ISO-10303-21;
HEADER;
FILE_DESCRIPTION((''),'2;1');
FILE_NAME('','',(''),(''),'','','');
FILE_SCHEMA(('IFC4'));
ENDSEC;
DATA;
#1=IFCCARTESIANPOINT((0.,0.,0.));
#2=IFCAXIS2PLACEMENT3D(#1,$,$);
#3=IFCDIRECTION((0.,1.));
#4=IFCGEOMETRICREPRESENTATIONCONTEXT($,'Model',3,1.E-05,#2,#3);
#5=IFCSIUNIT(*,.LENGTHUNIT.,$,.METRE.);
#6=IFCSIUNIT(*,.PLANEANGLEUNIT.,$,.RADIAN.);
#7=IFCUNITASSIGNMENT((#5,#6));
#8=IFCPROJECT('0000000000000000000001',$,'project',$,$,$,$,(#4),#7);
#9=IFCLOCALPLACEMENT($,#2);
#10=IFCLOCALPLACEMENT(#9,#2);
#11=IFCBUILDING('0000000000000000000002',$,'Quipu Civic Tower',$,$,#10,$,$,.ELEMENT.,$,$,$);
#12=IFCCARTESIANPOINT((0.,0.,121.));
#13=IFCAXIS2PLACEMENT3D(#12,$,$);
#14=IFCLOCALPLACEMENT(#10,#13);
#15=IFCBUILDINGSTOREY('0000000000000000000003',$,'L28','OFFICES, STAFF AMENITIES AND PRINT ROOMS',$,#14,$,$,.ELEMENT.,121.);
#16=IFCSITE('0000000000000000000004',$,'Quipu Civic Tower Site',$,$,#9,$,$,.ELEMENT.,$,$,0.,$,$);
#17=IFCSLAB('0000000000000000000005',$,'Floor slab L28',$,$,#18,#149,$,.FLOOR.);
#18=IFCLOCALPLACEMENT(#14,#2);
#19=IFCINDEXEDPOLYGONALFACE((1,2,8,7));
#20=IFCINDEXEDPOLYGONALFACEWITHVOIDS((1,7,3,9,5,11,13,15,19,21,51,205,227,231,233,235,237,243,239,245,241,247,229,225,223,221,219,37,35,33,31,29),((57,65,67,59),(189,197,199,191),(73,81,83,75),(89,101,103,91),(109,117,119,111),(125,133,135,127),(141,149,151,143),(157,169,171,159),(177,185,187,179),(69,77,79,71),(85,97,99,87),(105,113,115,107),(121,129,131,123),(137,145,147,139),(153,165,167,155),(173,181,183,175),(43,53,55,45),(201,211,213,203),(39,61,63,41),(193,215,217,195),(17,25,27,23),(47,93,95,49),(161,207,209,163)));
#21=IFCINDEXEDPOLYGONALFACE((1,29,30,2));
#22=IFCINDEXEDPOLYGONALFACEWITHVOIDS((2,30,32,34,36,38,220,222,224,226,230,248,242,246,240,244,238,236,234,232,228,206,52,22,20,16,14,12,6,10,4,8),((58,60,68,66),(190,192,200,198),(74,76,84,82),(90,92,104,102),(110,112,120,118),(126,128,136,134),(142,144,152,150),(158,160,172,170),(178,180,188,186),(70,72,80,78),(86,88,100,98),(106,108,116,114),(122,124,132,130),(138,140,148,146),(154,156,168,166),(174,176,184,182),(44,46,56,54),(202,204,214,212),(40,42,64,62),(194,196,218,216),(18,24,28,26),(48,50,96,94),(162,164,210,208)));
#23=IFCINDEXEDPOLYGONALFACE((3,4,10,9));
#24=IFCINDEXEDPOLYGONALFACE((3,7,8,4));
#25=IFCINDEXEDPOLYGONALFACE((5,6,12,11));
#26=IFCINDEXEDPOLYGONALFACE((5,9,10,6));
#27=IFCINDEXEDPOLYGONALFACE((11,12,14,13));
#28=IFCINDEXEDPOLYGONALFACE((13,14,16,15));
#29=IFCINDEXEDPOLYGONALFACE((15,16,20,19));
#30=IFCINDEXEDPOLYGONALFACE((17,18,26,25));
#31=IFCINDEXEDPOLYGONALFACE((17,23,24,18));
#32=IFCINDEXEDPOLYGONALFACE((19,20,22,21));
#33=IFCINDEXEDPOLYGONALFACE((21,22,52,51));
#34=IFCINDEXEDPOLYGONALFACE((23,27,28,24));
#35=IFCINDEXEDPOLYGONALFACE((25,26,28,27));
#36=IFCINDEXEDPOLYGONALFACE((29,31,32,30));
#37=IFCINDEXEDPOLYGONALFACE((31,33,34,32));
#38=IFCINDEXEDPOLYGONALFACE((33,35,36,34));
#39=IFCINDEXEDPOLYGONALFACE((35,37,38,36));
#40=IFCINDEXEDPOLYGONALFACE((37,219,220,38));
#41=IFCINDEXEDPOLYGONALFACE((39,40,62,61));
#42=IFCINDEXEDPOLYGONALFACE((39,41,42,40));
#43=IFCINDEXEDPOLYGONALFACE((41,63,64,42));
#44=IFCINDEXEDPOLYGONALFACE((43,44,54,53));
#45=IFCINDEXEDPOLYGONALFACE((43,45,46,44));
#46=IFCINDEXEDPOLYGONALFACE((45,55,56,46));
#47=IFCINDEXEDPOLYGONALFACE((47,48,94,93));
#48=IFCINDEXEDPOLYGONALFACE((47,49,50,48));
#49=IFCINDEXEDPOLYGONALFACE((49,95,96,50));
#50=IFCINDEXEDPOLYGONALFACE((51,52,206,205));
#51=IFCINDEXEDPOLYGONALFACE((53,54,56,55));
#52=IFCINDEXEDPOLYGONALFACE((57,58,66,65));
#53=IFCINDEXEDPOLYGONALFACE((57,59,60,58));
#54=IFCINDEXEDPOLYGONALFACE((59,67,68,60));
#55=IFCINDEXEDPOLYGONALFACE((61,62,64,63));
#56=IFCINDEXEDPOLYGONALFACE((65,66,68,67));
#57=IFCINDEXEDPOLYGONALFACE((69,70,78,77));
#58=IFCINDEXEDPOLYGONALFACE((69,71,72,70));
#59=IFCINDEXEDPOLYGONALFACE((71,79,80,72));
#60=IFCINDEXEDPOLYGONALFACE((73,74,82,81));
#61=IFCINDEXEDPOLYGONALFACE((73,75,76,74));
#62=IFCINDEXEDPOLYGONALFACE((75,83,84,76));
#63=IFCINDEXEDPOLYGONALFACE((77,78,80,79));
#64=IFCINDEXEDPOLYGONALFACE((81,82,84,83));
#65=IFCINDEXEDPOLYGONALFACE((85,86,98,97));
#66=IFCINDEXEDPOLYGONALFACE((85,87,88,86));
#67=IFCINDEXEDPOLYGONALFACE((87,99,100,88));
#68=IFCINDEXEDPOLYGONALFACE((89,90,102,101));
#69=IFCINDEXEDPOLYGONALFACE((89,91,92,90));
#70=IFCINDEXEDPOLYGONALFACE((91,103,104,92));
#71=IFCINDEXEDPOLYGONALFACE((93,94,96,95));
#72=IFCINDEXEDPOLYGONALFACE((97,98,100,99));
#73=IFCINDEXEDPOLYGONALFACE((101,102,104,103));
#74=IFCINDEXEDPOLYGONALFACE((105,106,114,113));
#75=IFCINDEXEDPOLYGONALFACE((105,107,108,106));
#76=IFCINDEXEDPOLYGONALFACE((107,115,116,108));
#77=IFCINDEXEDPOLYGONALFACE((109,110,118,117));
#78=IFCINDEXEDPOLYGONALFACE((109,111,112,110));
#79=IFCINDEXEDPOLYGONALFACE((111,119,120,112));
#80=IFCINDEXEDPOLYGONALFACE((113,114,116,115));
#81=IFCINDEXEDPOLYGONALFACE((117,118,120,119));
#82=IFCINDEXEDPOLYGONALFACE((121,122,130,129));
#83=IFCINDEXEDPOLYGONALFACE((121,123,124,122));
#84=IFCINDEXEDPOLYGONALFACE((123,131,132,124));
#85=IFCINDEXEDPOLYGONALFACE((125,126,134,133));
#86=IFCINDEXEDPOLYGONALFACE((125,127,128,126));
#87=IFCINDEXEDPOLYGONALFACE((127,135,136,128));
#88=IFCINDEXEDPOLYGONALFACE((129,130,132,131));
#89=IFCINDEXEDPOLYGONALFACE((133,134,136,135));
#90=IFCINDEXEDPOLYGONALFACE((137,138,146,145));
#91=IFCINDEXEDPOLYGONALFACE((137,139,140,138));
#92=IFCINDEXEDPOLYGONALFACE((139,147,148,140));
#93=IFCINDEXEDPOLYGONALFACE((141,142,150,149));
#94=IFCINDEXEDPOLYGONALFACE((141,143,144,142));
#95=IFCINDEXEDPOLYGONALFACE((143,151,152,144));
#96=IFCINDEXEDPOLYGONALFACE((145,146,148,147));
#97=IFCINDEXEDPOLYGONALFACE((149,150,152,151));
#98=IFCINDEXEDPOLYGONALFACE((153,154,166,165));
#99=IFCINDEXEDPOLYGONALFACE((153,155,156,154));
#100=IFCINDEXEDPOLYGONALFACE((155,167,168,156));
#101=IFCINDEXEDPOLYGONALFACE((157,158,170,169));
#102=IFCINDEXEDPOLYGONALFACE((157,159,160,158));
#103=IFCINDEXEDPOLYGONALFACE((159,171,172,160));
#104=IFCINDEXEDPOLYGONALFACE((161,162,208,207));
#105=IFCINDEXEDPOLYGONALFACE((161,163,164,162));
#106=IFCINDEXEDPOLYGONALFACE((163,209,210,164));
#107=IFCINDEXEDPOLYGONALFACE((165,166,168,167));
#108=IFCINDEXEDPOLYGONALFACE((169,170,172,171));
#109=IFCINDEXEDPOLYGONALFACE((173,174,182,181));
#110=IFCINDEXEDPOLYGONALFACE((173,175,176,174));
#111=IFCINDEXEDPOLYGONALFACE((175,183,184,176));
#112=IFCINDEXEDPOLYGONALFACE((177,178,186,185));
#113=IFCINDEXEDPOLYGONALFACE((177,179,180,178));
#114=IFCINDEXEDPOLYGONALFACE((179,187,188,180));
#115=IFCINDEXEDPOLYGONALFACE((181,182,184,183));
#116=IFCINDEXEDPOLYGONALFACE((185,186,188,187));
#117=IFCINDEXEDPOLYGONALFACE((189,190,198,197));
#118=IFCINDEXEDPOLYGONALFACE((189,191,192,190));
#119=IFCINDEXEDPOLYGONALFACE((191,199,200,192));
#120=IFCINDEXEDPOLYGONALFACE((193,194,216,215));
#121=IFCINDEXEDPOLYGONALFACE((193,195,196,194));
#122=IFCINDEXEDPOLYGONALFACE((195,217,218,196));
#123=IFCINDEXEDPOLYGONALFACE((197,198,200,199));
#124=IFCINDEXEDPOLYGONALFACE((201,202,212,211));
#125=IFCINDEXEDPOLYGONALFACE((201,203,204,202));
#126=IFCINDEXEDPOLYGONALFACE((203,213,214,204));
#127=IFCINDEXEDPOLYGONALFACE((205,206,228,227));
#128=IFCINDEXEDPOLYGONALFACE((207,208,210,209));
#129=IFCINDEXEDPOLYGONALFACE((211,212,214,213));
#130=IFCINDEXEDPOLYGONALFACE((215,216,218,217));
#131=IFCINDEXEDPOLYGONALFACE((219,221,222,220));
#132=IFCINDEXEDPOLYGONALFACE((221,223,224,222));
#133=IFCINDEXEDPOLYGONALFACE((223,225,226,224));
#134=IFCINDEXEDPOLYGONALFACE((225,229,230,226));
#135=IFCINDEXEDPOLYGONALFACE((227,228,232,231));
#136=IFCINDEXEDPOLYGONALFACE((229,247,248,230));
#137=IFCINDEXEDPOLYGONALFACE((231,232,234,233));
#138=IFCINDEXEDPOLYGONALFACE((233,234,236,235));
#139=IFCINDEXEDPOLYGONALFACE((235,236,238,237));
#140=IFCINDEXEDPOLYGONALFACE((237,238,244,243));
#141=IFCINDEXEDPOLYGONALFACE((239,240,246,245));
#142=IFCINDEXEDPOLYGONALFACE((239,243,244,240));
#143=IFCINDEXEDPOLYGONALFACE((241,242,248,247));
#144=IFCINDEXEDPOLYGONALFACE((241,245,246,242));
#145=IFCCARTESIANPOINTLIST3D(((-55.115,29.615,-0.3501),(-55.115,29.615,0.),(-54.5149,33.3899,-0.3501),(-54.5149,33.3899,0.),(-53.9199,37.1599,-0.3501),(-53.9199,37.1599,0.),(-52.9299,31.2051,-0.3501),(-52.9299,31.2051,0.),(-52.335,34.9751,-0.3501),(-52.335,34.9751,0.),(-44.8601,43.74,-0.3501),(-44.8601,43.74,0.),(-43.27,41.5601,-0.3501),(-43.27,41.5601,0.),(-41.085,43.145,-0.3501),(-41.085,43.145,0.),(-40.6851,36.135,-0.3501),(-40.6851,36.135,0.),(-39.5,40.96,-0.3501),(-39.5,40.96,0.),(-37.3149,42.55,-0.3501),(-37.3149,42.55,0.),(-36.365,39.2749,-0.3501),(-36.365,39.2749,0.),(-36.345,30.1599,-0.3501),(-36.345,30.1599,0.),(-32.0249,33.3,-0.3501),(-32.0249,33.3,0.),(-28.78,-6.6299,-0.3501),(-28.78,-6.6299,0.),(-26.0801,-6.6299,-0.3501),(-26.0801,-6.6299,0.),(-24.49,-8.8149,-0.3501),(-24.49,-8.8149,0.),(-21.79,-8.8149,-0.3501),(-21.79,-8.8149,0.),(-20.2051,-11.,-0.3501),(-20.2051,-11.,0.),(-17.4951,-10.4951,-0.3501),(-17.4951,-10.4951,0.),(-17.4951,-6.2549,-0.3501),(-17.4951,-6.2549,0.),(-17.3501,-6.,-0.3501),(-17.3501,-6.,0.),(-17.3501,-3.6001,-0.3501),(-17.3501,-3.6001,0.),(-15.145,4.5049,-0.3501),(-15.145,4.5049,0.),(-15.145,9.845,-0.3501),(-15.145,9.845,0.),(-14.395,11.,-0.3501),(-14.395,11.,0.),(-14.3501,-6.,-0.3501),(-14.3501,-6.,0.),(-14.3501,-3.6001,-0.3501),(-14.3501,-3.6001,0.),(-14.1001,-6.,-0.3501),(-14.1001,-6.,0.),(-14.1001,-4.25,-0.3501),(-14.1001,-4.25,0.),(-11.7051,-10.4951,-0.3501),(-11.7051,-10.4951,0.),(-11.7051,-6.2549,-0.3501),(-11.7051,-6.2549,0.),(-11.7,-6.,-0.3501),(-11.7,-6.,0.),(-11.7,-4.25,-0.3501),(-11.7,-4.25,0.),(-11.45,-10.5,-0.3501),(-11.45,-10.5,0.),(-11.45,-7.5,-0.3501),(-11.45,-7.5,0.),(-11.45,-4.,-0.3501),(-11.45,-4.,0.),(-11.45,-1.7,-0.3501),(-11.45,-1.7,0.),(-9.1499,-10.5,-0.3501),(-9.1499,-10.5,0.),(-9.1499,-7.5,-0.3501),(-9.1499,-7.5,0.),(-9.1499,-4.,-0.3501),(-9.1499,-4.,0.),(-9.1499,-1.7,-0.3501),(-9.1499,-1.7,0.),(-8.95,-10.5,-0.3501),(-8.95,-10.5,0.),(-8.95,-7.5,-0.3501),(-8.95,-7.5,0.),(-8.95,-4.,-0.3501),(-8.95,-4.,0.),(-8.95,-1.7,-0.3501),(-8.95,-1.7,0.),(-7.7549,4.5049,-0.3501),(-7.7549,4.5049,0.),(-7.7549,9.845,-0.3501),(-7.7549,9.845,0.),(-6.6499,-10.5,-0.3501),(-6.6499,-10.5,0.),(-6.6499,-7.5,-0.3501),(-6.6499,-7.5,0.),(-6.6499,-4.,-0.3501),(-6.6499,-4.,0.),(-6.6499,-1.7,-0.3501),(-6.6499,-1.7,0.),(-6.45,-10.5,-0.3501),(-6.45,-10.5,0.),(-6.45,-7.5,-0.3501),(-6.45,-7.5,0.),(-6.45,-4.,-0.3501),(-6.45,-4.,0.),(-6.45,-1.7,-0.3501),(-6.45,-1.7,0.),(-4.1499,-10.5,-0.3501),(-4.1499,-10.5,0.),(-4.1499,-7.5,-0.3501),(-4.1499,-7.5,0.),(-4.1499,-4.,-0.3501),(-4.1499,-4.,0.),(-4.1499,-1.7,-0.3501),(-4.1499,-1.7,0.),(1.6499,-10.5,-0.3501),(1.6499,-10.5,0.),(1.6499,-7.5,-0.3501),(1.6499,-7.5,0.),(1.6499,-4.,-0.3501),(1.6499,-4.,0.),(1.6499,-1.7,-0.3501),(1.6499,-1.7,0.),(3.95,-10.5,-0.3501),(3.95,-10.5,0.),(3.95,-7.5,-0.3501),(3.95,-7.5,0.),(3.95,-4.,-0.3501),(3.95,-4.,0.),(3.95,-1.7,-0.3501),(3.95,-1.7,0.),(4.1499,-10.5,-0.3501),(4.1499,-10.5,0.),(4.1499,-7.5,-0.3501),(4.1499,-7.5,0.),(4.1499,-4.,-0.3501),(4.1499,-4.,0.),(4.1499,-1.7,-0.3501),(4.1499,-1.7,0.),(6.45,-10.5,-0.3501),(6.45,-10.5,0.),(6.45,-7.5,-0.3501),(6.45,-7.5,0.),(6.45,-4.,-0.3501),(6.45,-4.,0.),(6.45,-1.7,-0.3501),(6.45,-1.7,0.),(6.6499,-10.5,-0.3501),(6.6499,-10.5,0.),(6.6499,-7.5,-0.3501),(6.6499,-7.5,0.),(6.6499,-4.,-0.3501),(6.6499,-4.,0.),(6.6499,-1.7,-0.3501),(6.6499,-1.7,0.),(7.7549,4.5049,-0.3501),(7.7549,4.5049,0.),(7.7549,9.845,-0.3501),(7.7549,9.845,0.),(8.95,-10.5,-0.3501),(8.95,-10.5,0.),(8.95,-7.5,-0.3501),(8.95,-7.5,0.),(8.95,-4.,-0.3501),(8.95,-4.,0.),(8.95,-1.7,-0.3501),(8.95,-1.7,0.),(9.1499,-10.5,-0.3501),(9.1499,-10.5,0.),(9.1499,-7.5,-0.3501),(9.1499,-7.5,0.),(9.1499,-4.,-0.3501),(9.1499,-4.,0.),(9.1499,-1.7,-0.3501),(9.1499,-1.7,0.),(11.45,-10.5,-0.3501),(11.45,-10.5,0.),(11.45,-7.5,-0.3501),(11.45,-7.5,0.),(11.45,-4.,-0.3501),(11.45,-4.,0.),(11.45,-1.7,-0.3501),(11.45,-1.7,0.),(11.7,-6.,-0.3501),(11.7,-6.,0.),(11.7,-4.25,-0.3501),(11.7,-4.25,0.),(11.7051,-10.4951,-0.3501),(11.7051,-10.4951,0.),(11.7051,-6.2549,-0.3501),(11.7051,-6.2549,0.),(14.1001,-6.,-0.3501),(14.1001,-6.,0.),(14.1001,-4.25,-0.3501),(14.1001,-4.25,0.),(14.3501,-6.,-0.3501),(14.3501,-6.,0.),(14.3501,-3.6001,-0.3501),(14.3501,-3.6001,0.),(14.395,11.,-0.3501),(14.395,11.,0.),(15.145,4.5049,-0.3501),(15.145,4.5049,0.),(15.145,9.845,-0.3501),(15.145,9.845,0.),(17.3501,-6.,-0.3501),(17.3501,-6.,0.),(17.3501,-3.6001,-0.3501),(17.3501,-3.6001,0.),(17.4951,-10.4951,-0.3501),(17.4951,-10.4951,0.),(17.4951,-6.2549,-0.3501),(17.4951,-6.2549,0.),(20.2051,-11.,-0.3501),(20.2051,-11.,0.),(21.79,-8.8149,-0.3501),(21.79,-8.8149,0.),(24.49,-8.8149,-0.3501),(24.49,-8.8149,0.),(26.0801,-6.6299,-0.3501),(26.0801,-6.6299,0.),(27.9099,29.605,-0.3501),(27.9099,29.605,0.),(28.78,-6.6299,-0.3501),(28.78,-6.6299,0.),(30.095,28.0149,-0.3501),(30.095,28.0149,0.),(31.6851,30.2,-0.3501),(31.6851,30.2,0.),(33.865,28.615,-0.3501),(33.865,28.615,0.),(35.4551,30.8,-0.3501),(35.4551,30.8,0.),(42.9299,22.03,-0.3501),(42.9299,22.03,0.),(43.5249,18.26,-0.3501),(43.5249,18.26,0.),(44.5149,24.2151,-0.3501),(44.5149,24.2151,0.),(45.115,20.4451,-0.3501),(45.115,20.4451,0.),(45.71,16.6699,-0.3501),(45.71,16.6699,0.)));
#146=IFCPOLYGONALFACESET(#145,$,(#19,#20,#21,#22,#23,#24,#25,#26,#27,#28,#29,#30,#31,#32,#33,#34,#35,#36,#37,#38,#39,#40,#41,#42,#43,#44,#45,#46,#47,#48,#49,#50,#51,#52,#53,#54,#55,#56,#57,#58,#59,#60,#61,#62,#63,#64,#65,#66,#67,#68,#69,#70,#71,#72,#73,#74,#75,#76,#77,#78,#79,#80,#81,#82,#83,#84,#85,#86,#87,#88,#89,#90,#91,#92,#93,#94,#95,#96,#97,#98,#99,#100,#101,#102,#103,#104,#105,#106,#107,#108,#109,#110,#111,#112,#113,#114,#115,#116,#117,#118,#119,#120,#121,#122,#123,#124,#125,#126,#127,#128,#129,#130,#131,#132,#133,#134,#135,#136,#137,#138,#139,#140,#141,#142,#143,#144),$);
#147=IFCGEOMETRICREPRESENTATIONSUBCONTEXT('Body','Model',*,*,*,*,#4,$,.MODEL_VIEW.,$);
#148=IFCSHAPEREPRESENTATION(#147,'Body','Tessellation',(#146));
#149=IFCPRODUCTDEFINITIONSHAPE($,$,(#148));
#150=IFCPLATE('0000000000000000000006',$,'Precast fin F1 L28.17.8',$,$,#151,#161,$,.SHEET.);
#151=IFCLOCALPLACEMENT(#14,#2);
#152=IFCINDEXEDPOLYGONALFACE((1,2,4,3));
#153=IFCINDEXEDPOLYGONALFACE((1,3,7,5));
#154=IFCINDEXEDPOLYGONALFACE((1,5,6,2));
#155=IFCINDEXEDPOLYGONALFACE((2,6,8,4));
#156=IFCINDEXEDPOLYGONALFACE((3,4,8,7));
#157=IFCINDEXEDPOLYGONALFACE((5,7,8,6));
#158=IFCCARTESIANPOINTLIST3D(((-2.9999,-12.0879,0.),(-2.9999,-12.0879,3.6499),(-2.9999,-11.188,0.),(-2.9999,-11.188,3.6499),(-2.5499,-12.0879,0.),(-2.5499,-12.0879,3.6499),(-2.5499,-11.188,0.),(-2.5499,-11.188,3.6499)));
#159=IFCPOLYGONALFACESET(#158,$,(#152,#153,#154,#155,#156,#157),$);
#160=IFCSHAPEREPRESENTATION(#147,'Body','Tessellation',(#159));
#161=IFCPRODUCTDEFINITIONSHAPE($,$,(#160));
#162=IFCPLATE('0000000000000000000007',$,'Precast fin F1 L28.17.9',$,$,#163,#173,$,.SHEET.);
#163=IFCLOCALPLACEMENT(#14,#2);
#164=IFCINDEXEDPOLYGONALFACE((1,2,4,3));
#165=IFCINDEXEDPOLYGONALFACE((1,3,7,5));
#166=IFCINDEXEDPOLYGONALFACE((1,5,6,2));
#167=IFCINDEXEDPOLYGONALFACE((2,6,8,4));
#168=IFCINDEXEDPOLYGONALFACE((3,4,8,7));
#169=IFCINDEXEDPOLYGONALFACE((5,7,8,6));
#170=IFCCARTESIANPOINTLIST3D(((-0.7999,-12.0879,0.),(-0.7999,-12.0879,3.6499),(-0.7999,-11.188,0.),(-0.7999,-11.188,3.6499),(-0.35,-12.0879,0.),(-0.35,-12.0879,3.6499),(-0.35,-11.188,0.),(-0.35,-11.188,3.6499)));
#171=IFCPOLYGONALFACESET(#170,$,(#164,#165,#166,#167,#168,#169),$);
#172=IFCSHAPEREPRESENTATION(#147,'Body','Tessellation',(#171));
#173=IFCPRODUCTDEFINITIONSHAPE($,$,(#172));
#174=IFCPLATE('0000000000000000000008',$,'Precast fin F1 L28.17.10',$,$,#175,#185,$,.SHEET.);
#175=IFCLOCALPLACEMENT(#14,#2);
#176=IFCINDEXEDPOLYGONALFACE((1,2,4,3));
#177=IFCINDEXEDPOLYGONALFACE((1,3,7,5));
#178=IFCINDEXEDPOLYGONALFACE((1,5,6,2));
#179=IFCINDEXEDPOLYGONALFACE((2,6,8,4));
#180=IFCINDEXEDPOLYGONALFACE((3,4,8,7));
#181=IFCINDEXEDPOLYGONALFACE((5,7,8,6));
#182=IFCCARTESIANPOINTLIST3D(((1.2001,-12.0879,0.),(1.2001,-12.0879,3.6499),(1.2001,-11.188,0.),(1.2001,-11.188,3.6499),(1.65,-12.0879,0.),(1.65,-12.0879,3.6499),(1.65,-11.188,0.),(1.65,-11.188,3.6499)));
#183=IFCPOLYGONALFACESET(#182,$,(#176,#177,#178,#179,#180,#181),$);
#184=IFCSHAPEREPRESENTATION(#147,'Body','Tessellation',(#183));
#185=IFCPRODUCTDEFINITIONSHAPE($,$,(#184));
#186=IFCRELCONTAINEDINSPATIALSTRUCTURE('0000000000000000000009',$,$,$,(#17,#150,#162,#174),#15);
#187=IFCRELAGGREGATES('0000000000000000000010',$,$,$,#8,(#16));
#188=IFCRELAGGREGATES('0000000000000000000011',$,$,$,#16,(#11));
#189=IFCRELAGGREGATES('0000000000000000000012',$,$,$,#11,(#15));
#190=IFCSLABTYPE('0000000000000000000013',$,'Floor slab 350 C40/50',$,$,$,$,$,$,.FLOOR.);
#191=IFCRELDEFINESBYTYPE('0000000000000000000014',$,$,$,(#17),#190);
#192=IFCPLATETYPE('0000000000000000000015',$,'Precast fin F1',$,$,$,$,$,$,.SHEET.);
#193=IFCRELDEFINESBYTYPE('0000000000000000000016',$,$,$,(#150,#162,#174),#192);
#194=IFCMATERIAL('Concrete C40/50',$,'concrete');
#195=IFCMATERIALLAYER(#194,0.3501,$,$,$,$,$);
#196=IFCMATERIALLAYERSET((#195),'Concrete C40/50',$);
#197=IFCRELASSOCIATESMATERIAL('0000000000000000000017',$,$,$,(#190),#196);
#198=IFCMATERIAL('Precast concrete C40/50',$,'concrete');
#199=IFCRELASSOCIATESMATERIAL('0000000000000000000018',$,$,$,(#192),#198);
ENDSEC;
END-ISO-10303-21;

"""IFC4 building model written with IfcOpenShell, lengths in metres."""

from ifc_helpers import new_model, si_unit, direction, frame, origin, origin_2d, place, context, subcontext, project, spatial, polyline, rectangle, outline, extrude, material, layer, layer_set, type_object, element, save


model = new_model("IFC4")

# Units and contexts
model_context = context("Model", 3, precision=1e-05, world=origin(), true_north=direction((0.0, 1.0)))
body_context = subcontext(model_context, "Body", "Model", "MODEL_VIEW")
ifc_project = project(units=[si_unit("LENGTHUNIT", "METRE"), si_unit("PLANEANGLEUNIT", "RADIAN")], contexts=[model_context])

# Site, building, storey
site_placement = place(None, origin())
site = spatial("IfcSite", under=ifc_project, at=site_placement, Name="Quipu Civic Tower Site", CompositionType="ELEMENT", RefElevation=0.0)
building_placement = place(site_placement, origin())
building = spatial("IfcBuilding", under=site, at=building_placement, Name="Quipu Civic Tower", CompositionType="ELEMENT")
storey_placement = place(building_placement, frame((0.0, 0.0, 121.0)))
storey = spatial("IfcBuildingStorey", under=building, at=storey_placement, Name="L28", Description="OFFICES, STAFF AMENITIES AND PRINT ROOMS", CompositionType="ELEMENT", Elevation=121.0)

# Slab
ifc_material_1 = material(Name="Concrete C40/50", Category="concrete")
ifc_layer_1 = layer(ifc_material_1, 0.3501)
ifc_layer_set_1 = layer_set([ifc_layer_1], Name="Concrete C40/50")
slab_type_1 = type_object("IfcSlabType", Name="Floor slab 350 C40/50", PredefinedType="FLOOR", material=ifc_layer_set_1)
slab_1_placement = place(storey_placement, frame((0.0, 0.0, -0.3501)))
element("IfcSlab", 1, at=slab_1_placement, inside=storey, type_object=slab_type_1, Name="Floor slab L28", PredefinedType="FLOOR", context=body_context, shape_type="SweptSolid", body=[
    extrude(outline(polyline([(27.9099, 29.605), (30.095, 28.0149), (31.6851, 30.2), (33.865, 28.615), (35.4551, 30.8), (44.5149, 24.2151), (42.9299, 22.03), (45.115, 20.4451), (43.5249, 18.26), (45.71, 16.6699), (28.78, -6.6299), (26.0801, -6.6299), (24.49, -8.8149), (21.79, -8.8149), (20.2051, -11.0), (-20.2051, -11.0), (-21.79, -8.8149), (-24.49, -8.8149), (-26.0801, -6.6299), (-28.78, -6.6299), (-55.115, 29.615), (-52.9299, 31.2051), (-54.5149, 33.3899), (-52.335, 34.9751), (-53.9199, 37.1599), (-44.8601, 43.74), (-43.27, 41.5601), (-41.085, 43.145), (-39.5, 40.96), (-37.3149, 42.55), (-14.395, 11.0), (14.395, 11.0), (27.9099, 29.605)]), holes=[polyline([(-11.45, -7.5), (-11.45, -10.5), (-9.1499, -10.5), (-9.1499, -7.5), (-11.45, -7.5)]), polyline([(-8.95, -7.5), (-8.95, -10.5), (-6.6499, -10.5), (-6.6499, -7.5), (-8.95, -7.5)]), polyline([(-6.45, -7.5), (-6.45, -10.5), (-4.1499, -10.5), (-4.1499, -7.5), (-6.45, -7.5)]), polyline([(-11.7051, -10.4951), (-11.7051, -6.2549), (-17.4951, -6.2549), (-17.4951, -10.4951), (-11.7051, -10.4951)]), polyline([(-11.7, -4.25), (-14.1001, -4.25), (-14.1001, -6.0), (-11.7, -6.0), (-11.7, -4.25)]), polyline([(-17.3501, -3.6001), (-17.3501, -6.0), (-14.3501, -6.0), (-14.3501, -3.6001), (-17.3501, -3.6001)]), polyline([(-9.1499, -1.7), (-11.45, -1.7), (-11.45, -4.0), (-9.1499, -4.0), (-9.1499, -1.7)]), polyline([(-6.6499, -1.7), (-8.95, -1.7), (-8.95, -4.0), (-6.6499, -4.0), (-6.6499, -1.7)]), polyline([(-6.45, -1.7), (-6.45, -4.0), (-4.1499, -4.0), (-4.1499, -1.7), (-6.45, -1.7)]), polyline([(3.95, -1.7), (1.6499, -1.7), (1.6499, -4.0), (3.95, -4.0), (3.95, -1.7)]), polyline([(-7.7549, 4.5049), (-7.7549, 9.845), (-15.145, 9.845), (-15.145, 4.5049), (-7.7549, 4.5049)]), polyline([(-40.6851, 36.135), (-36.345, 30.1599), (-32.0249, 33.3), (-36.365, 39.2749), (-40.6851, 36.135)]), polyline([(3.95, -7.5), (1.6499, -7.5), (1.6499, -10.5), (3.95, -10.5), (3.95, -7.5)]), polyline([(6.45, -7.5), (4.1499, -7.5), (4.1499, -10.5), (6.45, -10.5), (6.45, -7.5)]), polyline([(6.6499, -7.5), (6.6499, -10.5), (8.95, -10.5), (8.95, -7.5), (6.6499, -7.5)]), polyline([(11.45, -7.5), (9.1499, -7.5), (9.1499, -10.5), (11.45, -10.5), (11.45, -7.5)]), polyline([(11.7051, -6.2549), (11.7051, -10.4951), (17.4951, -10.4951), (17.4951, -6.2549), (11.7051, -6.2549)]), polyline([(11.7, -4.25), (11.7, -6.0), (14.1001, -6.0), (14.1001, -4.25), (11.7, -4.25)]), polyline([(17.3501, -3.6001), (14.3501, -3.6001), (14.3501, -6.0), (17.3501, -6.0), (17.3501, -3.6001)]), polyline([(6.45, -1.7), (4.1499, -1.7), (4.1499, -4.0), (6.45, -4.0), (6.45, -1.7)]), polyline([(6.6499, -1.7), (6.6499, -4.0), (8.95, -4.0), (8.95, -1.7), (6.6499, -1.7)]), polyline([(11.45, -1.7), (9.1499, -1.7), (9.1499, -4.0), (11.45, -4.0), (11.45, -1.7)]), polyline([(7.7549, 9.845), (7.7549, 4.5049), (15.145, 4.5049), (15.145, 9.845), (7.7549, 9.845)])]), origin(), (0.0, 0.0, 1.0), 0.3501),
])

# Plates
ifc_material_2 = material(Name="Precast concrete C40/50", Category="concrete")
plate_type = type_object("IfcPlateType", Name="Precast fin F1", PredefinedType="SHEET", material=ifc_material_2)
for number, where, z_axis, x_axis, name in (
    (2, (-2.7749, -11.6379, 0.0), (0.0, 0.0, 1.0), (1.0, 0.0, 0.0), "Precast fin F1 L28.17.8"),
    (3, (-0.575, -11.6379, 0.0), (0.0, 0.0, 1.0), (1.0, 0.0, 0.0), "Precast fin F1 L28.17.9"),
    (4, (1.425, -11.6379, 0.0), (0.0, 0.0, 1.0), (1.0, 0.0, 0.0), "Precast fin F1 L28.17.10"),
):
    element("IfcPlate", number, at=place(storey_placement, frame(where, z_axis=z_axis, x_axis=x_axis)), inside=storey, type_object=plate_type, Name=name, PredefinedType="SHEET", context=body_context, shape_type="SweptSolid", body=[
        extrude(rectangle(XDim=0.45, YDim=0.8999, at=origin_2d()), origin(), (0.0, 0.0, 1.0), 3.6499),
    ])

save(model, "model.ifc")
